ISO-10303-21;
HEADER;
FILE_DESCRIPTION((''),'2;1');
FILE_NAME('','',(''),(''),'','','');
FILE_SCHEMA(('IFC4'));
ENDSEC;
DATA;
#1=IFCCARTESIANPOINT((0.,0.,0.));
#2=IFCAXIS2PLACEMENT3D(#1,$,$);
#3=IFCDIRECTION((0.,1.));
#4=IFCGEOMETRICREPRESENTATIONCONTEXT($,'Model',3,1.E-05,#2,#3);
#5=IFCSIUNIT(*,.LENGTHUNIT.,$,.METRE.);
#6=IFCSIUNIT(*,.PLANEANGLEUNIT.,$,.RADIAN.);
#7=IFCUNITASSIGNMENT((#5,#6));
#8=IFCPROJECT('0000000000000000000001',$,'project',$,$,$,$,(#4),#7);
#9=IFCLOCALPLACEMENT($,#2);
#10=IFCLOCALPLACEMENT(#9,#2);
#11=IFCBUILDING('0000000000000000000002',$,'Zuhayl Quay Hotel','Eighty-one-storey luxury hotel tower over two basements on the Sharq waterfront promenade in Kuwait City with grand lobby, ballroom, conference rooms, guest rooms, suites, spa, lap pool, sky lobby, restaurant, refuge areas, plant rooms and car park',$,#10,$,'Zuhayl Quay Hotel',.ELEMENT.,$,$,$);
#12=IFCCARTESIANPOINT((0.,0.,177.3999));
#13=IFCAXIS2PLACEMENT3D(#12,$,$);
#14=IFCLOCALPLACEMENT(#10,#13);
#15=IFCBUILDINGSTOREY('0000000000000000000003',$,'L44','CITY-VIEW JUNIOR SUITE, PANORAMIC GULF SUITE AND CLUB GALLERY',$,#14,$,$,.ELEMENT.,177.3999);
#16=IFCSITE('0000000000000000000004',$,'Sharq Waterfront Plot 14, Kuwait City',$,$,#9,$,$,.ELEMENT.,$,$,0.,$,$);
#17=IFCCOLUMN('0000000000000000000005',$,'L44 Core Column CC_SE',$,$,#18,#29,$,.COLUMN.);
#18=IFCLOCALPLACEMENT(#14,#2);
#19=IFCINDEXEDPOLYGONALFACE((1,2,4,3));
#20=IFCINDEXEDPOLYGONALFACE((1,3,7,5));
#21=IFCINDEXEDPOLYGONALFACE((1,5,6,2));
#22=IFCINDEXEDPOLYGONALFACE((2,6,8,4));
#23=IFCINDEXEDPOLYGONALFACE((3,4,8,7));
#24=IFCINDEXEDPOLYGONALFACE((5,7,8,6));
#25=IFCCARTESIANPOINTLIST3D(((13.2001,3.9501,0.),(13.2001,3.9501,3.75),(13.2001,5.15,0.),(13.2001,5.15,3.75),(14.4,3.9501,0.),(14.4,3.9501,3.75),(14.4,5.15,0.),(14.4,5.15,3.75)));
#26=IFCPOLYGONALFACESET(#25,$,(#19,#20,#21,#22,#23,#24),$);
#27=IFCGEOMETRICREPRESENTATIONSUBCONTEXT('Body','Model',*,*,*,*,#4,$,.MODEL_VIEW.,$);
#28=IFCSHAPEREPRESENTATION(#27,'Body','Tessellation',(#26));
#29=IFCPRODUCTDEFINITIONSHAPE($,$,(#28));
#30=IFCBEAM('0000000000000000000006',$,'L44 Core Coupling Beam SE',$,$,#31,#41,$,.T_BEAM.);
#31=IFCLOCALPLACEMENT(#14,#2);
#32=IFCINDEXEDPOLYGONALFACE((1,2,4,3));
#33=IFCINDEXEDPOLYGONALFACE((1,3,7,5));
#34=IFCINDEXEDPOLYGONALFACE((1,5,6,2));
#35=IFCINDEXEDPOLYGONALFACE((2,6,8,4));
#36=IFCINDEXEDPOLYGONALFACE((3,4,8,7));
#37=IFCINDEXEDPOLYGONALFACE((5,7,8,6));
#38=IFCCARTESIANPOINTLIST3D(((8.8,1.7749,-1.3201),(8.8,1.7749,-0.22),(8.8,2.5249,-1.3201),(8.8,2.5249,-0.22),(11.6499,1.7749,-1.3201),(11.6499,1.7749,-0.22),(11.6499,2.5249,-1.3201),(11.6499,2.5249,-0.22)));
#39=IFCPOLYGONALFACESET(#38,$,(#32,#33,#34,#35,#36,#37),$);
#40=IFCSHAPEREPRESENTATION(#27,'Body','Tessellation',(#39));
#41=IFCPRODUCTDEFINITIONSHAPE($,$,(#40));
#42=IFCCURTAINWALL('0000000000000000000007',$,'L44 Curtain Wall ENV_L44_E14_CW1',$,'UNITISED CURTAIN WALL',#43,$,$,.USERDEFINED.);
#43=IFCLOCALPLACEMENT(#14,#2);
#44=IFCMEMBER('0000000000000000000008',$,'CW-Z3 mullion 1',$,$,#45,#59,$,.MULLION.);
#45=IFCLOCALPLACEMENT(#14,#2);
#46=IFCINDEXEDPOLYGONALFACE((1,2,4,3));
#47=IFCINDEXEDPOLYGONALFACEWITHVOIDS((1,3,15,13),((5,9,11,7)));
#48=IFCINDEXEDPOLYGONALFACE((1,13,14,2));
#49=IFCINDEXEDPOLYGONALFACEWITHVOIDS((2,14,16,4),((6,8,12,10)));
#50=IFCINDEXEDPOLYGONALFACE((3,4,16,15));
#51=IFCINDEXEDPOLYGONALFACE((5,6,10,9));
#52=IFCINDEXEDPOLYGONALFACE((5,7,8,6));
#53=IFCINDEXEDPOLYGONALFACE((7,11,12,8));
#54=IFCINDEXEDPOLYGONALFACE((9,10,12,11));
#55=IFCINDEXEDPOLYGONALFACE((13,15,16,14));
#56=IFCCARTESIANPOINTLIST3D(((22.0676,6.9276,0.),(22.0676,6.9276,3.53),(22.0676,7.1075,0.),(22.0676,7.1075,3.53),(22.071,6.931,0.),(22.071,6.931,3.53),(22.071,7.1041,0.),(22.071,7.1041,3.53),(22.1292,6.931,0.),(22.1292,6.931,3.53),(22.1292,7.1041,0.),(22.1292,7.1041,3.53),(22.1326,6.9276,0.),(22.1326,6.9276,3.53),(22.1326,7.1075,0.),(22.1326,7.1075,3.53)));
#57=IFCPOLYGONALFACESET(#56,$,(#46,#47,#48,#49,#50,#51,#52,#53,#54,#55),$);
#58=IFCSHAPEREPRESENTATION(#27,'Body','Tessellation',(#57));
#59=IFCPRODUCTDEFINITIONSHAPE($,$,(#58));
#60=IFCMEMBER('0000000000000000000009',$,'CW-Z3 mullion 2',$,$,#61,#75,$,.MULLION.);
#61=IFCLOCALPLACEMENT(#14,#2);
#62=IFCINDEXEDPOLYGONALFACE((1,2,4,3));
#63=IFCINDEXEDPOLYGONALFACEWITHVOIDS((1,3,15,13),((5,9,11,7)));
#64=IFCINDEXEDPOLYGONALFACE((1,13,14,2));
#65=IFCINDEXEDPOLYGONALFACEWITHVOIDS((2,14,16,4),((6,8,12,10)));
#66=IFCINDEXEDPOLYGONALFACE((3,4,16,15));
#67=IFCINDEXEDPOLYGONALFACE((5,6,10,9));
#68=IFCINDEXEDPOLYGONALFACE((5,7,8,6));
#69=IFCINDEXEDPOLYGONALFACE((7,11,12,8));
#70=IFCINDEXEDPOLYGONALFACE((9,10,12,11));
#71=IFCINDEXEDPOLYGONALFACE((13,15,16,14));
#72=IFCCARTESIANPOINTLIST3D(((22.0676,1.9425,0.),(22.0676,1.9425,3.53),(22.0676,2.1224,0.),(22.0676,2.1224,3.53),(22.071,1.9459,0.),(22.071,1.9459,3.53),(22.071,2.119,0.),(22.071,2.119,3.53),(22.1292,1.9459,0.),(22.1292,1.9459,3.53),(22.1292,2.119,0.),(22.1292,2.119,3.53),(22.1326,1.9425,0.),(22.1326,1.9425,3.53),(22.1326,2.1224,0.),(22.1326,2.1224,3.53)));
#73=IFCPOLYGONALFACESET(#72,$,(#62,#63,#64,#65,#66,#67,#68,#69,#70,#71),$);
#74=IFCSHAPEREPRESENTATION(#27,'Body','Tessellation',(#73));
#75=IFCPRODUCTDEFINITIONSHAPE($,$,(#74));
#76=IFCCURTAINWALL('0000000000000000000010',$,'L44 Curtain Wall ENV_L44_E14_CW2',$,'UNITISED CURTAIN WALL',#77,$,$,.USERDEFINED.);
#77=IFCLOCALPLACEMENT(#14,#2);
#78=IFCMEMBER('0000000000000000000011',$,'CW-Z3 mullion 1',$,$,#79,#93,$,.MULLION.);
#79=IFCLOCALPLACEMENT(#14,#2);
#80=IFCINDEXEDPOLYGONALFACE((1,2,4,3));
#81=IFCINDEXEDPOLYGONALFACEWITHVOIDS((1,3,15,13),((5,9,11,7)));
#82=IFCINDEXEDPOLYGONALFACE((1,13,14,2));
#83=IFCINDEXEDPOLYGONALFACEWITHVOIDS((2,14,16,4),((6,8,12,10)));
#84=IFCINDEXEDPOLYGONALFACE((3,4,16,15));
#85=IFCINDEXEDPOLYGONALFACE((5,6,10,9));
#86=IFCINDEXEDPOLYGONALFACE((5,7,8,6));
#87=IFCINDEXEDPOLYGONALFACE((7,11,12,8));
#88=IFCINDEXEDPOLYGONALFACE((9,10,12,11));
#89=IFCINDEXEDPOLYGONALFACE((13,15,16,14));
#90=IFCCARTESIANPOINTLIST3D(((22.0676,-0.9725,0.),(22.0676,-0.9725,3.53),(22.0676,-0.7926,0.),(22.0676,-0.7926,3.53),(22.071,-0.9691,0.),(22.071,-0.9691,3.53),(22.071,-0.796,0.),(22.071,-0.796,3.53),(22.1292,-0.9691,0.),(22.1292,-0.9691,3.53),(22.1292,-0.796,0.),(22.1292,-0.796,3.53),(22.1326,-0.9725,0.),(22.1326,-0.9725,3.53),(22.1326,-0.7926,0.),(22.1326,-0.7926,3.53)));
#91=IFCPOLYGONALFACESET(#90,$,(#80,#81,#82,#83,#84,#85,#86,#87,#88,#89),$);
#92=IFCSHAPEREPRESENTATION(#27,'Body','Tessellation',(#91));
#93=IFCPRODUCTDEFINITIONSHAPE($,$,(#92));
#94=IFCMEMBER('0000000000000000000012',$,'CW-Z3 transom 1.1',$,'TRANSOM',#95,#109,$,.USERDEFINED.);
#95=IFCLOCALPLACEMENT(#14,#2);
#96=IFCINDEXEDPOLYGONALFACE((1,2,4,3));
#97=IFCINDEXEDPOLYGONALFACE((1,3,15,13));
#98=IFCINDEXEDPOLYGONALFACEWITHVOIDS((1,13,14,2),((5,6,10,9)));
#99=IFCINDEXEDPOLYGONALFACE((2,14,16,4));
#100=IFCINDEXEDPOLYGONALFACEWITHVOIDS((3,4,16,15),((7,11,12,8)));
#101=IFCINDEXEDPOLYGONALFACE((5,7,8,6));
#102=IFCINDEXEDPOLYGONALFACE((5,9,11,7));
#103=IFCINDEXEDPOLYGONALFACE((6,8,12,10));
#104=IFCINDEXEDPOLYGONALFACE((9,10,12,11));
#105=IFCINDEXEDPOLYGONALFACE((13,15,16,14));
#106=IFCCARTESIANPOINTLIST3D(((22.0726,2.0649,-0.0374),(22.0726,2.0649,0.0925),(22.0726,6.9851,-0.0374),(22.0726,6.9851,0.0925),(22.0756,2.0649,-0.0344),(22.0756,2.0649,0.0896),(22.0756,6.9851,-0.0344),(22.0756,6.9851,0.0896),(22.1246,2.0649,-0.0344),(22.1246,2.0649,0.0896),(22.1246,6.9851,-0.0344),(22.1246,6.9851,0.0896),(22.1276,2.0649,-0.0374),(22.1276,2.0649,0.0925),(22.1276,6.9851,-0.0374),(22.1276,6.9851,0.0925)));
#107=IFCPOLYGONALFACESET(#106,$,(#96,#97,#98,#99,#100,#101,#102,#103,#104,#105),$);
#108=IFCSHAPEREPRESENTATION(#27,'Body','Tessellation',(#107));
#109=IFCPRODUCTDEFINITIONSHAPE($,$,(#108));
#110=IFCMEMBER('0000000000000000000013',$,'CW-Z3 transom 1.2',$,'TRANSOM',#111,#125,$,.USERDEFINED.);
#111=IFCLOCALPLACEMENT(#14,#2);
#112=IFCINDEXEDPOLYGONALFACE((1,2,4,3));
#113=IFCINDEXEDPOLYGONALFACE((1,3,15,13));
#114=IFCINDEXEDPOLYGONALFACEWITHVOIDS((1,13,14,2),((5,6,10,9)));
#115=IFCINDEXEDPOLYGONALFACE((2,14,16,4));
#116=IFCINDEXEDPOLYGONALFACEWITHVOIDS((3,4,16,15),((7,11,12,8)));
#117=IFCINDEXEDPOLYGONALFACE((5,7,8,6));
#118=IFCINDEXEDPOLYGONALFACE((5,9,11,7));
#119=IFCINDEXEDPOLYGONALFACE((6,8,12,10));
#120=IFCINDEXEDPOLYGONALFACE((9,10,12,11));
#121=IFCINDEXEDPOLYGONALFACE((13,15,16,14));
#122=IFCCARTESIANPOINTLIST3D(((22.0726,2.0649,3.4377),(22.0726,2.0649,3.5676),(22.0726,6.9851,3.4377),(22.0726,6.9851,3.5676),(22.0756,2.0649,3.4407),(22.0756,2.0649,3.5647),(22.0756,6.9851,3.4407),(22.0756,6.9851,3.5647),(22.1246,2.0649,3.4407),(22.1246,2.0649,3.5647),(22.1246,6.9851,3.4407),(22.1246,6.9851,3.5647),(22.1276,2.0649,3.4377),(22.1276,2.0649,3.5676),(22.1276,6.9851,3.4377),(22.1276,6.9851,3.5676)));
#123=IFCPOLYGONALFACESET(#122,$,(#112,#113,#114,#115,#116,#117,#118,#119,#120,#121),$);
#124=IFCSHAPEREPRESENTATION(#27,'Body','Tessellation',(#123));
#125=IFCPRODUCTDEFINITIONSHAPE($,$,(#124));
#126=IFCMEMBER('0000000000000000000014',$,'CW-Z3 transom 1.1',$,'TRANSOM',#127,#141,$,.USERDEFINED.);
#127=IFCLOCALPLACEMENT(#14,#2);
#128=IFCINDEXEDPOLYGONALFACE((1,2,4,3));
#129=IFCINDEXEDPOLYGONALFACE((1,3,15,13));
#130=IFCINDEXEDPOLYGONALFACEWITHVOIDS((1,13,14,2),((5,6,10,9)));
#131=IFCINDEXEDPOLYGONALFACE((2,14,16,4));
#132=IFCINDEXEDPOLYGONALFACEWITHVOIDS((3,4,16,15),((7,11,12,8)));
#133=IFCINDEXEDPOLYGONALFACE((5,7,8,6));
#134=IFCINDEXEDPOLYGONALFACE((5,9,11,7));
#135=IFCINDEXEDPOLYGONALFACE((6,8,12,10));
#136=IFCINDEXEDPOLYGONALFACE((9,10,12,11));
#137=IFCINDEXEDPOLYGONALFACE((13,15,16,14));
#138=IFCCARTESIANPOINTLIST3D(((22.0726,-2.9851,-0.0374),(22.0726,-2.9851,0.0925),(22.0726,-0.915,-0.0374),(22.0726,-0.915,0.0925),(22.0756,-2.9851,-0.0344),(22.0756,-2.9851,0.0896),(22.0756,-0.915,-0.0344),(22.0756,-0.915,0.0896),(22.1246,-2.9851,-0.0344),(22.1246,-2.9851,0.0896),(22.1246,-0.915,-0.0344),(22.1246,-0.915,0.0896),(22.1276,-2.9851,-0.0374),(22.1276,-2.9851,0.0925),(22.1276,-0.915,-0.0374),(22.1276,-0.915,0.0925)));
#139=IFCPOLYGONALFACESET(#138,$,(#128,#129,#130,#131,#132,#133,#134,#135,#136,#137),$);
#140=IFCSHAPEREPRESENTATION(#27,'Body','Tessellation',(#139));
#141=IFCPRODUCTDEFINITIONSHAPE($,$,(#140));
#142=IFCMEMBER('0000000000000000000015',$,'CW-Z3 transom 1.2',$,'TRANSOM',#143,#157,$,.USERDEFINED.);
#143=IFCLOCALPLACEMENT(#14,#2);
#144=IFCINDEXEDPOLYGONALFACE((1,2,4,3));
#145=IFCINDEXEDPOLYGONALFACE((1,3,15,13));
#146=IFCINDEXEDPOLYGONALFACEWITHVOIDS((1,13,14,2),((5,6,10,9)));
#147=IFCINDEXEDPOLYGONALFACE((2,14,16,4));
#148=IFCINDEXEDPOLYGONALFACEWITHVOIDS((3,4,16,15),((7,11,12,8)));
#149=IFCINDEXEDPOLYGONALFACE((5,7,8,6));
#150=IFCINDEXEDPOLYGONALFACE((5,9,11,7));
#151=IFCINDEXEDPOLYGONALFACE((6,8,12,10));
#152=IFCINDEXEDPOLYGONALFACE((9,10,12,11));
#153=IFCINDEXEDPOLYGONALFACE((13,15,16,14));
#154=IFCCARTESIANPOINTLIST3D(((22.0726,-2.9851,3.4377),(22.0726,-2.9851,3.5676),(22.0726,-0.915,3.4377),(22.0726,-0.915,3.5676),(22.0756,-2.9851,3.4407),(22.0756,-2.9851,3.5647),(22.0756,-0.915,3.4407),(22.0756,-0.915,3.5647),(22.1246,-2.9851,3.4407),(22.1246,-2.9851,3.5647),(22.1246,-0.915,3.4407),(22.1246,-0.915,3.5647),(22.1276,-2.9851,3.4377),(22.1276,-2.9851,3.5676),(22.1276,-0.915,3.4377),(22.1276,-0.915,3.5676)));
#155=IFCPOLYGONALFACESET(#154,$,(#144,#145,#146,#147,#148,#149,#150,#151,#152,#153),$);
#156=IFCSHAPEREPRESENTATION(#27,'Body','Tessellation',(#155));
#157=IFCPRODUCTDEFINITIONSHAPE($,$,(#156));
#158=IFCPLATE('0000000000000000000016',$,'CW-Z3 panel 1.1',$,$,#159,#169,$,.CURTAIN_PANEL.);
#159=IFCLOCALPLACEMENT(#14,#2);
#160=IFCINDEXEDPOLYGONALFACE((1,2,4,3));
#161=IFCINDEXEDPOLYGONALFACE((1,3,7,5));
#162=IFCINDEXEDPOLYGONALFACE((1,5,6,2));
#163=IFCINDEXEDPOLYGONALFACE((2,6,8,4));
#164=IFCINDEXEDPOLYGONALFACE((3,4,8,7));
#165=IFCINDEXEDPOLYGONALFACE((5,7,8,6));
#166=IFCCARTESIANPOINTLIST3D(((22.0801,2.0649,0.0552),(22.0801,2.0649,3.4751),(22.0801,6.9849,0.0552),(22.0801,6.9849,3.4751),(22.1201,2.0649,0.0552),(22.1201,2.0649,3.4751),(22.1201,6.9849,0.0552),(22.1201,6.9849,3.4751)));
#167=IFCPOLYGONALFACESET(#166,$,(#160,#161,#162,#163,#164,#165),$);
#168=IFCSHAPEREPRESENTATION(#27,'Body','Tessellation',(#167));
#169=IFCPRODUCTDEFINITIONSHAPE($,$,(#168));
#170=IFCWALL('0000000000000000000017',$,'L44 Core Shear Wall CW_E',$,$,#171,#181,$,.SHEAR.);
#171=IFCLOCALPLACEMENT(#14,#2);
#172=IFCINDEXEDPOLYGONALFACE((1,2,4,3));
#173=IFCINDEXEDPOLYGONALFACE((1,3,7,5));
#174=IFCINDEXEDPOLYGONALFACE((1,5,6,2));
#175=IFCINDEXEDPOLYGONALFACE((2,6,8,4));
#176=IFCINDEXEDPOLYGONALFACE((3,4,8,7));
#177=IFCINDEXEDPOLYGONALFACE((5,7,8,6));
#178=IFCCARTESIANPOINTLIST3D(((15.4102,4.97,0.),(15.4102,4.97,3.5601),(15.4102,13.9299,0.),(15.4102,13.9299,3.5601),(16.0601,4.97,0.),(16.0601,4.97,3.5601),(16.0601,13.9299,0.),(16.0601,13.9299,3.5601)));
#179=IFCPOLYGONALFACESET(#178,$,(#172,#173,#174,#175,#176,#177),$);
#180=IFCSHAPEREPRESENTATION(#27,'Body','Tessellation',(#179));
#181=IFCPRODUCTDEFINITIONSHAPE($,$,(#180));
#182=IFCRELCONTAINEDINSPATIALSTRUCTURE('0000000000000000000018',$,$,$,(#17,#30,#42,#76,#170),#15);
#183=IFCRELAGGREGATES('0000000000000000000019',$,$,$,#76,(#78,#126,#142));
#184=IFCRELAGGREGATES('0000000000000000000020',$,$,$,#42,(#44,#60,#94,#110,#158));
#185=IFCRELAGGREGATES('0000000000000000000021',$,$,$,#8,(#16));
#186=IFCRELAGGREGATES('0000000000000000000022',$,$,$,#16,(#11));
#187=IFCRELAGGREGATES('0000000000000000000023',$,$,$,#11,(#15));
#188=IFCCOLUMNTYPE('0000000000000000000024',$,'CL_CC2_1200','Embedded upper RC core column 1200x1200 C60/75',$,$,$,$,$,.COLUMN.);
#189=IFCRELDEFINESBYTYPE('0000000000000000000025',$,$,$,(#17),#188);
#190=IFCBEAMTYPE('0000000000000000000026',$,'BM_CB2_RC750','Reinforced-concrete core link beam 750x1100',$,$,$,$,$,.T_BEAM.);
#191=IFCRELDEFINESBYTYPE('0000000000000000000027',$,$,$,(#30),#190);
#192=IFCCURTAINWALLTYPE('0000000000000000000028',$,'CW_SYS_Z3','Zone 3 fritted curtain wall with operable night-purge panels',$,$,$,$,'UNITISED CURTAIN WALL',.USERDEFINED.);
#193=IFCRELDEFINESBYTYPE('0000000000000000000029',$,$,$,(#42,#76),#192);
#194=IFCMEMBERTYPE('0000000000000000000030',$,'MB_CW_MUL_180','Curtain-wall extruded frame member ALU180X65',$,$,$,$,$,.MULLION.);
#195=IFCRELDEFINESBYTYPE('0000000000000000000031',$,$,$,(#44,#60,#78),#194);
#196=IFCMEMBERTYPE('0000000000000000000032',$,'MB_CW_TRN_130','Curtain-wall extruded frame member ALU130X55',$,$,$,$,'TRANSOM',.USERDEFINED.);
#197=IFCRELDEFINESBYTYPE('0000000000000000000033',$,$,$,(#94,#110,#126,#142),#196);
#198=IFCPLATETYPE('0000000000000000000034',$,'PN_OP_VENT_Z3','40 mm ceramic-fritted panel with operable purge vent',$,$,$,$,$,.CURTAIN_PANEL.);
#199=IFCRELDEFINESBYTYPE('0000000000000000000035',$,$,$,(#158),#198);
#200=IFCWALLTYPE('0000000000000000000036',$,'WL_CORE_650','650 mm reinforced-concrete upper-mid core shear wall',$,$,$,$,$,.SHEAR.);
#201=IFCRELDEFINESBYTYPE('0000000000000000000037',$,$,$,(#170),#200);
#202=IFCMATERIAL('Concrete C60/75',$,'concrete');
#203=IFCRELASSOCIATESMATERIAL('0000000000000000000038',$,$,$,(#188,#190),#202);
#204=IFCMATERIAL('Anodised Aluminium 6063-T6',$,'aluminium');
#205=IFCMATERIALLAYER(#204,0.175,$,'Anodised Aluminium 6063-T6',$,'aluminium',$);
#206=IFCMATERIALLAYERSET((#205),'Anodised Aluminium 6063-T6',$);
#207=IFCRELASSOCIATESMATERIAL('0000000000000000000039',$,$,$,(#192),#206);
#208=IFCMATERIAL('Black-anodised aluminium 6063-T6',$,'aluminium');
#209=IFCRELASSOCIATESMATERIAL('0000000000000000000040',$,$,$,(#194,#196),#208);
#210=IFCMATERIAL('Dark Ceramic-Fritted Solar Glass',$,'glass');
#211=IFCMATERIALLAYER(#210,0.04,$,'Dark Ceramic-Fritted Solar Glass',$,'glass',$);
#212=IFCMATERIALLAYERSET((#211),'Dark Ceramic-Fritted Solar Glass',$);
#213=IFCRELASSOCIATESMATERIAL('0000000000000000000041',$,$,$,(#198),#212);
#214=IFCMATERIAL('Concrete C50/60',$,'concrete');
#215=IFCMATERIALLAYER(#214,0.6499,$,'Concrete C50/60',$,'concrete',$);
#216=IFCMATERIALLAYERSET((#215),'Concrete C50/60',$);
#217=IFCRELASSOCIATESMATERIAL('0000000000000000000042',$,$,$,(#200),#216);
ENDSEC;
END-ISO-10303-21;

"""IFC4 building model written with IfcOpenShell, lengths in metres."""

from ifc_helpers import new_model, si_unit, direction, frame, frame_2d, origin, origin_2d, place, context, subcontext, project, spatial, rectangle, hollow_rectangle, extrude, material, layer, layer_set, material_profile, profile_set, type_object, element, aggregate, save


model = new_model("IFC4")

# Units and contexts
model_context = context("Model", 3, precision=1e-05, world=origin(), true_north=direction((0.0, 1.0)))
body_context = subcontext(model_context, "Body", "Model", "MODEL_VIEW")
ifc_project = project(units=[si_unit("LENGTHUNIT", "METRE"), si_unit("PLANEANGLEUNIT", "RADIAN")], contexts=[model_context])

# Site, building, storey
site_placement = place(None, origin())
site = spatial("IfcSite", under=ifc_project, at=site_placement, Name="Sharq Waterfront Plot 14, Kuwait City", CompositionType="ELEMENT", RefElevation=0.0)
building_placement = place(site_placement, origin())
building = spatial("IfcBuilding", under=site, at=building_placement, Name="Zuhayl Quay Hotel", Description="Eighty-one-storey luxury hotel tower over two basements on the Sharq waterfront promenade in Kuwait City with grand lobby, ballroom, conference rooms, guest rooms, suites, spa, lap pool, sky lobby, restaurant, refuge areas, plant rooms and car park", LongName="Zuhayl Quay Hotel", CompositionType="ELEMENT")
storey_placement = place(building_placement, frame((0.0, 0.0, 177.3999)))
storey = spatial("IfcBuildingStorey", under=building, at=storey_placement, Name="L44", Description="CITY-VIEW JUNIOR SUITE, PANORAMIC GULF SUITE AND CLUB GALLERY", CompositionType="ELEMENT", Elevation=177.3999)

# Column
ifc_material_1 = material(Name="Concrete C60/75", Category="concrete")
ifc_material_profile_1 = material_profile(ifc_material_1, rectangle(XDim=1.2, YDim=1.2, at=origin_2d()), Name="RC1200X1200")
ifc_profile_set_1 = profile_set([ifc_material_profile_1], Name="Concrete C60/75")
column_type = type_object("IfcColumnType", Name="CL_CC2_1200", Description="Embedded upper RC core column 1200x1200 C60/75", PredefinedType="COLUMN", material=ifc_profile_set_1)
column_placement = place(storey_placement, frame((13.8, 4.55, 0.0), z_axis=(0.0, 0.0, 1.0), x_axis=(1.0, 0.0, 0.0)))
element("IfcColumn", 1, at=column_placement, inside=storey, type_object=column_type, Name="L44 Core Column CC_SE", PredefinedType="COLUMN", context=body_context, shape_type="SweptSolid", body=[
    extrude(rectangle(XDim=1.2, YDim=1.2, at=origin_2d()), origin(), (0.0, 0.0, 1.0), 3.75),
])

# Beam
ifc_material_profile_2 = material_profile(ifc_material_1, rectangle(XDim=0.75, YDim=1.1001, at=origin_2d()), Name="RC750X1100")
ifc_profile_set_2 = profile_set([ifc_material_profile_2], Name="Concrete C60/75")
beam_type = type_object("IfcBeamType", Name="BM_CB2_RC750", Description="Reinforced-concrete core link beam 750x1100", PredefinedType="T_BEAM", material=ifc_profile_set_2)
beam_placement = place(storey_placement, frame((8.8, 2.1499, -0.77), z_axis=(1.0, 0.0, 0.0), x_axis=(0.0, 1.0, 0.0)))
element("IfcBeam", 2, at=beam_placement, inside=storey, type_object=beam_type, Name="L44 Core Coupling Beam SE", PredefinedType="T_BEAM", context=body_context, shape_type="SweptSolid", body=[
    extrude(rectangle(XDim=0.75, YDim=1.1001, at=origin_2d()), origin(), (0.0, 0.0, 1.0), 2.8499),
])

# Curtain wall, members
ifc_material_2 = material(Name="Anodised Aluminium 6063-T6", Category="aluminium")
ifc_layer_1 = layer(ifc_material_2, 0.175, Name="Anodised Aluminium 6063-T6", Category="aluminium")
ifc_layer_set_1 = layer_set([ifc_layer_1], Name="Anodised Aluminium 6063-T6")
curtain_wall_type = type_object("IfcCurtainWallType", Name="CW_SYS_Z3", Description="Zone 3 fritted curtain wall with operable night-purge panels", ElementType="UNITISED CURTAIN WALL", PredefinedType="USERDEFINED", material=ifc_layer_set_1)
curtain_wall_1_placement = place(storey_placement, origin())
curtain_wall_1 = element("IfcCurtainWall", 3, at=curtain_wall_1_placement, inside=storey, type_object=curtain_wall_type, Name="L44 Curtain Wall ENV_L44_E14_CW1", ObjectType="UNITISED CURTAIN WALL", PredefinedType="USERDEFINED")
ifc_material_3 = material(Name="Black-anodised aluminium 6063-T6", Category="aluminium")
ifc_material_profile_3 = material_profile(ifc_material_3, hollow_rectangle(XDim=0.0649, YDim=0.1799, WallThickness=0.0034, at=origin_2d()), Name="ALU180X65")
ifc_profile_set_3 = profile_set([ifc_material_profile_3], Name="Black-anodised aluminium 6063-T6")
member_type_1 = type_object("IfcMemberType", Name="MB_CW_MUL_180", Description="Curtain-wall extruded frame member ALU180X65", PredefinedType="MULLION", material=ifc_profile_set_3)
member_1_placement = place(storey_placement, frame((22.1001, 7.0176, 0.0), z_axis=(0.0, 0.0, 1.0), x_axis=(1.0, 0.0, 0.0)))
member_1 = element("IfcMember", 4, at=member_1_placement, type_object=member_type_1, Name="CW-Z3 mullion 1", PredefinedType="MULLION", context=body_context, shape_type="SweptSolid", body=[
    extrude(hollow_rectangle(XDim=0.0649, YDim=0.1799, WallThickness=0.0034, at=origin_2d()), origin(), (0.0, 0.0, 1.0), 3.53),
])
member_2_placement = place(storey_placement, frame((22.1001, 2.0325, 0.0), z_axis=(0.0, 0.0, 1.0), x_axis=(1.0, 0.0, 0.0)))
member_2 = element("IfcMember", 5, at=member_2_placement, type_object=member_type_1, Name="CW-Z3 mullion 2", PredefinedType="MULLION", context=body_context, shape_type="SweptSolid", body=[
    extrude(hollow_rectangle(XDim=0.0649, YDim=0.1799, WallThickness=0.0034, at=origin_2d()), origin(), (0.0, 0.0, 1.0), 3.53),
])

# Curtain wall, member
curtain_wall_2_placement = place(storey_placement, origin())
curtain_wall_2 = element("IfcCurtainWall", 6, at=curtain_wall_2_placement, inside=storey, type_object=curtain_wall_type, Name="L44 Curtain Wall ENV_L44_E14_CW2", ObjectType="UNITISED CURTAIN WALL", PredefinedType="USERDEFINED")
member_3_placement = place(storey_placement, frame((22.1001, -0.8826, 0.0), z_axis=(0.0, 0.0, 1.0), x_axis=(1.0, 0.0, 0.0)))
member_3 = element("IfcMember", 7, at=member_3_placement, type_object=member_type_1, Name="CW-Z3 mullion 1", PredefinedType="MULLION", context=body_context, shape_type="SweptSolid", body=[
    extrude(hollow_rectangle(XDim=0.0649, YDim=0.1799, WallThickness=0.0034, at=origin_2d()), origin(), (0.0, 0.0, 1.0), 3.53),
])

# Members
ifc_material_profile_4 = material_profile(ifc_material_3, hollow_rectangle(XDim=0.0549, YDim=0.1299, WallThickness=0.0029, at=origin_2d()), Name="ALU130X55")
ifc_profile_set_4 = profile_set([ifc_material_profile_4], Name="Black-anodised aluminium 6063-T6")
member_type_2 = type_object("IfcMemberType", Name="MB_CW_TRN_130", Description="Curtain-wall extruded frame member ALU130X55", ElementType="TRANSOM", PredefinedType="USERDEFINED", material=ifc_profile_set_4)
member_4_placement = place(storey_placement, frame((22.1001, 6.9851, 0.0276), z_axis=(0.0, -1.0, 0.0), x_axis=(1.0, 0.0, 0.0)))
member_4 = element("IfcMember", 8, at=member_4_placement, type_object=member_type_2, Name="CW-Z3 transom 1.1", ObjectType="TRANSOM", PredefinedType="USERDEFINED", context=body_context, shape_type="SweptSolid", body=[
    extrude(hollow_rectangle(XDim=0.0549, YDim=0.1299, WallThickness=0.0029, at=origin_2d()), origin(), (0.0, 0.0, 1.0), 4.9202),
])
member_5_placement = place(storey_placement, frame((22.1001, 6.9851, 3.5027), z_axis=(0.0, -1.0, 0.0), x_axis=(1.0, 0.0, 0.0)))
member_5 = element("IfcMember", 9, at=member_5_placement, type_object=member_type_2, Name="CW-Z3 transom 1.2", ObjectType="TRANSOM", PredefinedType="USERDEFINED", context=body_context, shape_type="SweptSolid", body=[
    extrude(hollow_rectangle(XDim=0.0549, YDim=0.1299, WallThickness=0.0029, at=origin_2d()), origin(), (0.0, 0.0, 1.0), 4.9202),
])
member_6_placement = place(storey_placement, frame((22.1001, -0.915, 0.0276), z_axis=(0.0, -1.0, 0.0), x_axis=(1.0, 0.0, 0.0)))
member_6 = element("IfcMember", 10, at=member_6_placement, type_object=member_type_2, Name="CW-Z3 transom 1.1", ObjectType="TRANSOM", PredefinedType="USERDEFINED", context=body_context, shape_type="SweptSolid", body=[
    extrude(hollow_rectangle(XDim=0.0549, YDim=0.1299, WallThickness=0.0029, at=origin_2d()), origin(), (0.0, 0.0, 1.0), 2.0701),
])
member_7_placement = place(storey_placement, frame((22.1001, -0.915, 3.5027), z_axis=(0.0, -1.0, 0.0), x_axis=(1.0, 0.0, 0.0)))
member_7 = element("IfcMember", 11, at=member_7_placement, type_object=member_type_2, Name="CW-Z3 transom 1.2", ObjectType="TRANSOM", PredefinedType="USERDEFINED", context=body_context, shape_type="SweptSolid", body=[
    extrude(hollow_rectangle(XDim=0.0549, YDim=0.1299, WallThickness=0.0029, at=origin_2d()), origin(), (0.0, 0.0, 1.0), 2.0701),
])
aggregate(curtain_wall_2, [member_3, member_6, member_7])

# Plate
ifc_material_4 = material(Name="Dark Ceramic-Fritted Solar Glass", Category="glass")
ifc_layer_2 = layer(ifc_material_4, 0.04, Name="Dark Ceramic-Fritted Solar Glass", Category="glass")
ifc_layer_set_2 = layer_set([ifc_layer_2], Name="Dark Ceramic-Fritted Solar Glass")
plate_type = type_object("IfcPlateType", Name="PN_OP_VENT_Z3", Description="40 mm ceramic-fritted panel with operable purge vent", PredefinedType="CURTAIN_PANEL", material=ifc_layer_set_2)
plate_placement = place(storey_placement, frame((22.1001, 4.5249, 0.0552), z_axis=(0.0, 0.0, 1.0), x_axis=(0.0, -1.0, 0.0)))
plate = element("IfcPlate", 12, at=plate_placement, type_object=plate_type, Name="CW-Z3 panel 1.1", PredefinedType="CURTAIN_PANEL", context=body_context, shape_type="SweptSolid", body=[
    extrude(rectangle(XDim=4.9199, YDim=0.04, at=origin_2d()), origin(), (0.0, 0.0, 1.0), 3.4199),
])
aggregate(curtain_wall_1, [member_1, member_2, member_4, member_5, plate])

# Wall
ifc_material_5 = material(Name="Concrete C50/60", Category="concrete")
ifc_layer_3 = layer(ifc_material_5, 0.6499, Name="Concrete C50/60", Category="concrete")
ifc_layer_set_3 = layer_set([ifc_layer_3], Name="Concrete C50/60")
wall_type_1 = type_object("IfcWallType", Name="WL_CORE_650", Description="650 mm reinforced-concrete upper-mid core shear wall", PredefinedType="SHEAR", material=ifc_layer_set_3)
wall_1_placement = place(storey_placement, frame((15.7351, 4.97, 0.0), z_axis=(0.0, 0.0, 1.0), x_axis=(0.0, 1.0, 0.0)))
element("IfcWall", 13, at=wall_1_placement, inside=storey, type_object=wall_type_1, Name="L44 Core Shear Wall CW_E", PredefinedType="SHEAR", context=body_context, shape_type="SweptSolid", body=[
    extrude(rectangle(XDim=8.96, YDim=0.6499, at=frame_2d((4.48, 0.0))), origin(), (0.0, 0.0, 1.0), 3.5601),
])

save(model, "model.ifc")
